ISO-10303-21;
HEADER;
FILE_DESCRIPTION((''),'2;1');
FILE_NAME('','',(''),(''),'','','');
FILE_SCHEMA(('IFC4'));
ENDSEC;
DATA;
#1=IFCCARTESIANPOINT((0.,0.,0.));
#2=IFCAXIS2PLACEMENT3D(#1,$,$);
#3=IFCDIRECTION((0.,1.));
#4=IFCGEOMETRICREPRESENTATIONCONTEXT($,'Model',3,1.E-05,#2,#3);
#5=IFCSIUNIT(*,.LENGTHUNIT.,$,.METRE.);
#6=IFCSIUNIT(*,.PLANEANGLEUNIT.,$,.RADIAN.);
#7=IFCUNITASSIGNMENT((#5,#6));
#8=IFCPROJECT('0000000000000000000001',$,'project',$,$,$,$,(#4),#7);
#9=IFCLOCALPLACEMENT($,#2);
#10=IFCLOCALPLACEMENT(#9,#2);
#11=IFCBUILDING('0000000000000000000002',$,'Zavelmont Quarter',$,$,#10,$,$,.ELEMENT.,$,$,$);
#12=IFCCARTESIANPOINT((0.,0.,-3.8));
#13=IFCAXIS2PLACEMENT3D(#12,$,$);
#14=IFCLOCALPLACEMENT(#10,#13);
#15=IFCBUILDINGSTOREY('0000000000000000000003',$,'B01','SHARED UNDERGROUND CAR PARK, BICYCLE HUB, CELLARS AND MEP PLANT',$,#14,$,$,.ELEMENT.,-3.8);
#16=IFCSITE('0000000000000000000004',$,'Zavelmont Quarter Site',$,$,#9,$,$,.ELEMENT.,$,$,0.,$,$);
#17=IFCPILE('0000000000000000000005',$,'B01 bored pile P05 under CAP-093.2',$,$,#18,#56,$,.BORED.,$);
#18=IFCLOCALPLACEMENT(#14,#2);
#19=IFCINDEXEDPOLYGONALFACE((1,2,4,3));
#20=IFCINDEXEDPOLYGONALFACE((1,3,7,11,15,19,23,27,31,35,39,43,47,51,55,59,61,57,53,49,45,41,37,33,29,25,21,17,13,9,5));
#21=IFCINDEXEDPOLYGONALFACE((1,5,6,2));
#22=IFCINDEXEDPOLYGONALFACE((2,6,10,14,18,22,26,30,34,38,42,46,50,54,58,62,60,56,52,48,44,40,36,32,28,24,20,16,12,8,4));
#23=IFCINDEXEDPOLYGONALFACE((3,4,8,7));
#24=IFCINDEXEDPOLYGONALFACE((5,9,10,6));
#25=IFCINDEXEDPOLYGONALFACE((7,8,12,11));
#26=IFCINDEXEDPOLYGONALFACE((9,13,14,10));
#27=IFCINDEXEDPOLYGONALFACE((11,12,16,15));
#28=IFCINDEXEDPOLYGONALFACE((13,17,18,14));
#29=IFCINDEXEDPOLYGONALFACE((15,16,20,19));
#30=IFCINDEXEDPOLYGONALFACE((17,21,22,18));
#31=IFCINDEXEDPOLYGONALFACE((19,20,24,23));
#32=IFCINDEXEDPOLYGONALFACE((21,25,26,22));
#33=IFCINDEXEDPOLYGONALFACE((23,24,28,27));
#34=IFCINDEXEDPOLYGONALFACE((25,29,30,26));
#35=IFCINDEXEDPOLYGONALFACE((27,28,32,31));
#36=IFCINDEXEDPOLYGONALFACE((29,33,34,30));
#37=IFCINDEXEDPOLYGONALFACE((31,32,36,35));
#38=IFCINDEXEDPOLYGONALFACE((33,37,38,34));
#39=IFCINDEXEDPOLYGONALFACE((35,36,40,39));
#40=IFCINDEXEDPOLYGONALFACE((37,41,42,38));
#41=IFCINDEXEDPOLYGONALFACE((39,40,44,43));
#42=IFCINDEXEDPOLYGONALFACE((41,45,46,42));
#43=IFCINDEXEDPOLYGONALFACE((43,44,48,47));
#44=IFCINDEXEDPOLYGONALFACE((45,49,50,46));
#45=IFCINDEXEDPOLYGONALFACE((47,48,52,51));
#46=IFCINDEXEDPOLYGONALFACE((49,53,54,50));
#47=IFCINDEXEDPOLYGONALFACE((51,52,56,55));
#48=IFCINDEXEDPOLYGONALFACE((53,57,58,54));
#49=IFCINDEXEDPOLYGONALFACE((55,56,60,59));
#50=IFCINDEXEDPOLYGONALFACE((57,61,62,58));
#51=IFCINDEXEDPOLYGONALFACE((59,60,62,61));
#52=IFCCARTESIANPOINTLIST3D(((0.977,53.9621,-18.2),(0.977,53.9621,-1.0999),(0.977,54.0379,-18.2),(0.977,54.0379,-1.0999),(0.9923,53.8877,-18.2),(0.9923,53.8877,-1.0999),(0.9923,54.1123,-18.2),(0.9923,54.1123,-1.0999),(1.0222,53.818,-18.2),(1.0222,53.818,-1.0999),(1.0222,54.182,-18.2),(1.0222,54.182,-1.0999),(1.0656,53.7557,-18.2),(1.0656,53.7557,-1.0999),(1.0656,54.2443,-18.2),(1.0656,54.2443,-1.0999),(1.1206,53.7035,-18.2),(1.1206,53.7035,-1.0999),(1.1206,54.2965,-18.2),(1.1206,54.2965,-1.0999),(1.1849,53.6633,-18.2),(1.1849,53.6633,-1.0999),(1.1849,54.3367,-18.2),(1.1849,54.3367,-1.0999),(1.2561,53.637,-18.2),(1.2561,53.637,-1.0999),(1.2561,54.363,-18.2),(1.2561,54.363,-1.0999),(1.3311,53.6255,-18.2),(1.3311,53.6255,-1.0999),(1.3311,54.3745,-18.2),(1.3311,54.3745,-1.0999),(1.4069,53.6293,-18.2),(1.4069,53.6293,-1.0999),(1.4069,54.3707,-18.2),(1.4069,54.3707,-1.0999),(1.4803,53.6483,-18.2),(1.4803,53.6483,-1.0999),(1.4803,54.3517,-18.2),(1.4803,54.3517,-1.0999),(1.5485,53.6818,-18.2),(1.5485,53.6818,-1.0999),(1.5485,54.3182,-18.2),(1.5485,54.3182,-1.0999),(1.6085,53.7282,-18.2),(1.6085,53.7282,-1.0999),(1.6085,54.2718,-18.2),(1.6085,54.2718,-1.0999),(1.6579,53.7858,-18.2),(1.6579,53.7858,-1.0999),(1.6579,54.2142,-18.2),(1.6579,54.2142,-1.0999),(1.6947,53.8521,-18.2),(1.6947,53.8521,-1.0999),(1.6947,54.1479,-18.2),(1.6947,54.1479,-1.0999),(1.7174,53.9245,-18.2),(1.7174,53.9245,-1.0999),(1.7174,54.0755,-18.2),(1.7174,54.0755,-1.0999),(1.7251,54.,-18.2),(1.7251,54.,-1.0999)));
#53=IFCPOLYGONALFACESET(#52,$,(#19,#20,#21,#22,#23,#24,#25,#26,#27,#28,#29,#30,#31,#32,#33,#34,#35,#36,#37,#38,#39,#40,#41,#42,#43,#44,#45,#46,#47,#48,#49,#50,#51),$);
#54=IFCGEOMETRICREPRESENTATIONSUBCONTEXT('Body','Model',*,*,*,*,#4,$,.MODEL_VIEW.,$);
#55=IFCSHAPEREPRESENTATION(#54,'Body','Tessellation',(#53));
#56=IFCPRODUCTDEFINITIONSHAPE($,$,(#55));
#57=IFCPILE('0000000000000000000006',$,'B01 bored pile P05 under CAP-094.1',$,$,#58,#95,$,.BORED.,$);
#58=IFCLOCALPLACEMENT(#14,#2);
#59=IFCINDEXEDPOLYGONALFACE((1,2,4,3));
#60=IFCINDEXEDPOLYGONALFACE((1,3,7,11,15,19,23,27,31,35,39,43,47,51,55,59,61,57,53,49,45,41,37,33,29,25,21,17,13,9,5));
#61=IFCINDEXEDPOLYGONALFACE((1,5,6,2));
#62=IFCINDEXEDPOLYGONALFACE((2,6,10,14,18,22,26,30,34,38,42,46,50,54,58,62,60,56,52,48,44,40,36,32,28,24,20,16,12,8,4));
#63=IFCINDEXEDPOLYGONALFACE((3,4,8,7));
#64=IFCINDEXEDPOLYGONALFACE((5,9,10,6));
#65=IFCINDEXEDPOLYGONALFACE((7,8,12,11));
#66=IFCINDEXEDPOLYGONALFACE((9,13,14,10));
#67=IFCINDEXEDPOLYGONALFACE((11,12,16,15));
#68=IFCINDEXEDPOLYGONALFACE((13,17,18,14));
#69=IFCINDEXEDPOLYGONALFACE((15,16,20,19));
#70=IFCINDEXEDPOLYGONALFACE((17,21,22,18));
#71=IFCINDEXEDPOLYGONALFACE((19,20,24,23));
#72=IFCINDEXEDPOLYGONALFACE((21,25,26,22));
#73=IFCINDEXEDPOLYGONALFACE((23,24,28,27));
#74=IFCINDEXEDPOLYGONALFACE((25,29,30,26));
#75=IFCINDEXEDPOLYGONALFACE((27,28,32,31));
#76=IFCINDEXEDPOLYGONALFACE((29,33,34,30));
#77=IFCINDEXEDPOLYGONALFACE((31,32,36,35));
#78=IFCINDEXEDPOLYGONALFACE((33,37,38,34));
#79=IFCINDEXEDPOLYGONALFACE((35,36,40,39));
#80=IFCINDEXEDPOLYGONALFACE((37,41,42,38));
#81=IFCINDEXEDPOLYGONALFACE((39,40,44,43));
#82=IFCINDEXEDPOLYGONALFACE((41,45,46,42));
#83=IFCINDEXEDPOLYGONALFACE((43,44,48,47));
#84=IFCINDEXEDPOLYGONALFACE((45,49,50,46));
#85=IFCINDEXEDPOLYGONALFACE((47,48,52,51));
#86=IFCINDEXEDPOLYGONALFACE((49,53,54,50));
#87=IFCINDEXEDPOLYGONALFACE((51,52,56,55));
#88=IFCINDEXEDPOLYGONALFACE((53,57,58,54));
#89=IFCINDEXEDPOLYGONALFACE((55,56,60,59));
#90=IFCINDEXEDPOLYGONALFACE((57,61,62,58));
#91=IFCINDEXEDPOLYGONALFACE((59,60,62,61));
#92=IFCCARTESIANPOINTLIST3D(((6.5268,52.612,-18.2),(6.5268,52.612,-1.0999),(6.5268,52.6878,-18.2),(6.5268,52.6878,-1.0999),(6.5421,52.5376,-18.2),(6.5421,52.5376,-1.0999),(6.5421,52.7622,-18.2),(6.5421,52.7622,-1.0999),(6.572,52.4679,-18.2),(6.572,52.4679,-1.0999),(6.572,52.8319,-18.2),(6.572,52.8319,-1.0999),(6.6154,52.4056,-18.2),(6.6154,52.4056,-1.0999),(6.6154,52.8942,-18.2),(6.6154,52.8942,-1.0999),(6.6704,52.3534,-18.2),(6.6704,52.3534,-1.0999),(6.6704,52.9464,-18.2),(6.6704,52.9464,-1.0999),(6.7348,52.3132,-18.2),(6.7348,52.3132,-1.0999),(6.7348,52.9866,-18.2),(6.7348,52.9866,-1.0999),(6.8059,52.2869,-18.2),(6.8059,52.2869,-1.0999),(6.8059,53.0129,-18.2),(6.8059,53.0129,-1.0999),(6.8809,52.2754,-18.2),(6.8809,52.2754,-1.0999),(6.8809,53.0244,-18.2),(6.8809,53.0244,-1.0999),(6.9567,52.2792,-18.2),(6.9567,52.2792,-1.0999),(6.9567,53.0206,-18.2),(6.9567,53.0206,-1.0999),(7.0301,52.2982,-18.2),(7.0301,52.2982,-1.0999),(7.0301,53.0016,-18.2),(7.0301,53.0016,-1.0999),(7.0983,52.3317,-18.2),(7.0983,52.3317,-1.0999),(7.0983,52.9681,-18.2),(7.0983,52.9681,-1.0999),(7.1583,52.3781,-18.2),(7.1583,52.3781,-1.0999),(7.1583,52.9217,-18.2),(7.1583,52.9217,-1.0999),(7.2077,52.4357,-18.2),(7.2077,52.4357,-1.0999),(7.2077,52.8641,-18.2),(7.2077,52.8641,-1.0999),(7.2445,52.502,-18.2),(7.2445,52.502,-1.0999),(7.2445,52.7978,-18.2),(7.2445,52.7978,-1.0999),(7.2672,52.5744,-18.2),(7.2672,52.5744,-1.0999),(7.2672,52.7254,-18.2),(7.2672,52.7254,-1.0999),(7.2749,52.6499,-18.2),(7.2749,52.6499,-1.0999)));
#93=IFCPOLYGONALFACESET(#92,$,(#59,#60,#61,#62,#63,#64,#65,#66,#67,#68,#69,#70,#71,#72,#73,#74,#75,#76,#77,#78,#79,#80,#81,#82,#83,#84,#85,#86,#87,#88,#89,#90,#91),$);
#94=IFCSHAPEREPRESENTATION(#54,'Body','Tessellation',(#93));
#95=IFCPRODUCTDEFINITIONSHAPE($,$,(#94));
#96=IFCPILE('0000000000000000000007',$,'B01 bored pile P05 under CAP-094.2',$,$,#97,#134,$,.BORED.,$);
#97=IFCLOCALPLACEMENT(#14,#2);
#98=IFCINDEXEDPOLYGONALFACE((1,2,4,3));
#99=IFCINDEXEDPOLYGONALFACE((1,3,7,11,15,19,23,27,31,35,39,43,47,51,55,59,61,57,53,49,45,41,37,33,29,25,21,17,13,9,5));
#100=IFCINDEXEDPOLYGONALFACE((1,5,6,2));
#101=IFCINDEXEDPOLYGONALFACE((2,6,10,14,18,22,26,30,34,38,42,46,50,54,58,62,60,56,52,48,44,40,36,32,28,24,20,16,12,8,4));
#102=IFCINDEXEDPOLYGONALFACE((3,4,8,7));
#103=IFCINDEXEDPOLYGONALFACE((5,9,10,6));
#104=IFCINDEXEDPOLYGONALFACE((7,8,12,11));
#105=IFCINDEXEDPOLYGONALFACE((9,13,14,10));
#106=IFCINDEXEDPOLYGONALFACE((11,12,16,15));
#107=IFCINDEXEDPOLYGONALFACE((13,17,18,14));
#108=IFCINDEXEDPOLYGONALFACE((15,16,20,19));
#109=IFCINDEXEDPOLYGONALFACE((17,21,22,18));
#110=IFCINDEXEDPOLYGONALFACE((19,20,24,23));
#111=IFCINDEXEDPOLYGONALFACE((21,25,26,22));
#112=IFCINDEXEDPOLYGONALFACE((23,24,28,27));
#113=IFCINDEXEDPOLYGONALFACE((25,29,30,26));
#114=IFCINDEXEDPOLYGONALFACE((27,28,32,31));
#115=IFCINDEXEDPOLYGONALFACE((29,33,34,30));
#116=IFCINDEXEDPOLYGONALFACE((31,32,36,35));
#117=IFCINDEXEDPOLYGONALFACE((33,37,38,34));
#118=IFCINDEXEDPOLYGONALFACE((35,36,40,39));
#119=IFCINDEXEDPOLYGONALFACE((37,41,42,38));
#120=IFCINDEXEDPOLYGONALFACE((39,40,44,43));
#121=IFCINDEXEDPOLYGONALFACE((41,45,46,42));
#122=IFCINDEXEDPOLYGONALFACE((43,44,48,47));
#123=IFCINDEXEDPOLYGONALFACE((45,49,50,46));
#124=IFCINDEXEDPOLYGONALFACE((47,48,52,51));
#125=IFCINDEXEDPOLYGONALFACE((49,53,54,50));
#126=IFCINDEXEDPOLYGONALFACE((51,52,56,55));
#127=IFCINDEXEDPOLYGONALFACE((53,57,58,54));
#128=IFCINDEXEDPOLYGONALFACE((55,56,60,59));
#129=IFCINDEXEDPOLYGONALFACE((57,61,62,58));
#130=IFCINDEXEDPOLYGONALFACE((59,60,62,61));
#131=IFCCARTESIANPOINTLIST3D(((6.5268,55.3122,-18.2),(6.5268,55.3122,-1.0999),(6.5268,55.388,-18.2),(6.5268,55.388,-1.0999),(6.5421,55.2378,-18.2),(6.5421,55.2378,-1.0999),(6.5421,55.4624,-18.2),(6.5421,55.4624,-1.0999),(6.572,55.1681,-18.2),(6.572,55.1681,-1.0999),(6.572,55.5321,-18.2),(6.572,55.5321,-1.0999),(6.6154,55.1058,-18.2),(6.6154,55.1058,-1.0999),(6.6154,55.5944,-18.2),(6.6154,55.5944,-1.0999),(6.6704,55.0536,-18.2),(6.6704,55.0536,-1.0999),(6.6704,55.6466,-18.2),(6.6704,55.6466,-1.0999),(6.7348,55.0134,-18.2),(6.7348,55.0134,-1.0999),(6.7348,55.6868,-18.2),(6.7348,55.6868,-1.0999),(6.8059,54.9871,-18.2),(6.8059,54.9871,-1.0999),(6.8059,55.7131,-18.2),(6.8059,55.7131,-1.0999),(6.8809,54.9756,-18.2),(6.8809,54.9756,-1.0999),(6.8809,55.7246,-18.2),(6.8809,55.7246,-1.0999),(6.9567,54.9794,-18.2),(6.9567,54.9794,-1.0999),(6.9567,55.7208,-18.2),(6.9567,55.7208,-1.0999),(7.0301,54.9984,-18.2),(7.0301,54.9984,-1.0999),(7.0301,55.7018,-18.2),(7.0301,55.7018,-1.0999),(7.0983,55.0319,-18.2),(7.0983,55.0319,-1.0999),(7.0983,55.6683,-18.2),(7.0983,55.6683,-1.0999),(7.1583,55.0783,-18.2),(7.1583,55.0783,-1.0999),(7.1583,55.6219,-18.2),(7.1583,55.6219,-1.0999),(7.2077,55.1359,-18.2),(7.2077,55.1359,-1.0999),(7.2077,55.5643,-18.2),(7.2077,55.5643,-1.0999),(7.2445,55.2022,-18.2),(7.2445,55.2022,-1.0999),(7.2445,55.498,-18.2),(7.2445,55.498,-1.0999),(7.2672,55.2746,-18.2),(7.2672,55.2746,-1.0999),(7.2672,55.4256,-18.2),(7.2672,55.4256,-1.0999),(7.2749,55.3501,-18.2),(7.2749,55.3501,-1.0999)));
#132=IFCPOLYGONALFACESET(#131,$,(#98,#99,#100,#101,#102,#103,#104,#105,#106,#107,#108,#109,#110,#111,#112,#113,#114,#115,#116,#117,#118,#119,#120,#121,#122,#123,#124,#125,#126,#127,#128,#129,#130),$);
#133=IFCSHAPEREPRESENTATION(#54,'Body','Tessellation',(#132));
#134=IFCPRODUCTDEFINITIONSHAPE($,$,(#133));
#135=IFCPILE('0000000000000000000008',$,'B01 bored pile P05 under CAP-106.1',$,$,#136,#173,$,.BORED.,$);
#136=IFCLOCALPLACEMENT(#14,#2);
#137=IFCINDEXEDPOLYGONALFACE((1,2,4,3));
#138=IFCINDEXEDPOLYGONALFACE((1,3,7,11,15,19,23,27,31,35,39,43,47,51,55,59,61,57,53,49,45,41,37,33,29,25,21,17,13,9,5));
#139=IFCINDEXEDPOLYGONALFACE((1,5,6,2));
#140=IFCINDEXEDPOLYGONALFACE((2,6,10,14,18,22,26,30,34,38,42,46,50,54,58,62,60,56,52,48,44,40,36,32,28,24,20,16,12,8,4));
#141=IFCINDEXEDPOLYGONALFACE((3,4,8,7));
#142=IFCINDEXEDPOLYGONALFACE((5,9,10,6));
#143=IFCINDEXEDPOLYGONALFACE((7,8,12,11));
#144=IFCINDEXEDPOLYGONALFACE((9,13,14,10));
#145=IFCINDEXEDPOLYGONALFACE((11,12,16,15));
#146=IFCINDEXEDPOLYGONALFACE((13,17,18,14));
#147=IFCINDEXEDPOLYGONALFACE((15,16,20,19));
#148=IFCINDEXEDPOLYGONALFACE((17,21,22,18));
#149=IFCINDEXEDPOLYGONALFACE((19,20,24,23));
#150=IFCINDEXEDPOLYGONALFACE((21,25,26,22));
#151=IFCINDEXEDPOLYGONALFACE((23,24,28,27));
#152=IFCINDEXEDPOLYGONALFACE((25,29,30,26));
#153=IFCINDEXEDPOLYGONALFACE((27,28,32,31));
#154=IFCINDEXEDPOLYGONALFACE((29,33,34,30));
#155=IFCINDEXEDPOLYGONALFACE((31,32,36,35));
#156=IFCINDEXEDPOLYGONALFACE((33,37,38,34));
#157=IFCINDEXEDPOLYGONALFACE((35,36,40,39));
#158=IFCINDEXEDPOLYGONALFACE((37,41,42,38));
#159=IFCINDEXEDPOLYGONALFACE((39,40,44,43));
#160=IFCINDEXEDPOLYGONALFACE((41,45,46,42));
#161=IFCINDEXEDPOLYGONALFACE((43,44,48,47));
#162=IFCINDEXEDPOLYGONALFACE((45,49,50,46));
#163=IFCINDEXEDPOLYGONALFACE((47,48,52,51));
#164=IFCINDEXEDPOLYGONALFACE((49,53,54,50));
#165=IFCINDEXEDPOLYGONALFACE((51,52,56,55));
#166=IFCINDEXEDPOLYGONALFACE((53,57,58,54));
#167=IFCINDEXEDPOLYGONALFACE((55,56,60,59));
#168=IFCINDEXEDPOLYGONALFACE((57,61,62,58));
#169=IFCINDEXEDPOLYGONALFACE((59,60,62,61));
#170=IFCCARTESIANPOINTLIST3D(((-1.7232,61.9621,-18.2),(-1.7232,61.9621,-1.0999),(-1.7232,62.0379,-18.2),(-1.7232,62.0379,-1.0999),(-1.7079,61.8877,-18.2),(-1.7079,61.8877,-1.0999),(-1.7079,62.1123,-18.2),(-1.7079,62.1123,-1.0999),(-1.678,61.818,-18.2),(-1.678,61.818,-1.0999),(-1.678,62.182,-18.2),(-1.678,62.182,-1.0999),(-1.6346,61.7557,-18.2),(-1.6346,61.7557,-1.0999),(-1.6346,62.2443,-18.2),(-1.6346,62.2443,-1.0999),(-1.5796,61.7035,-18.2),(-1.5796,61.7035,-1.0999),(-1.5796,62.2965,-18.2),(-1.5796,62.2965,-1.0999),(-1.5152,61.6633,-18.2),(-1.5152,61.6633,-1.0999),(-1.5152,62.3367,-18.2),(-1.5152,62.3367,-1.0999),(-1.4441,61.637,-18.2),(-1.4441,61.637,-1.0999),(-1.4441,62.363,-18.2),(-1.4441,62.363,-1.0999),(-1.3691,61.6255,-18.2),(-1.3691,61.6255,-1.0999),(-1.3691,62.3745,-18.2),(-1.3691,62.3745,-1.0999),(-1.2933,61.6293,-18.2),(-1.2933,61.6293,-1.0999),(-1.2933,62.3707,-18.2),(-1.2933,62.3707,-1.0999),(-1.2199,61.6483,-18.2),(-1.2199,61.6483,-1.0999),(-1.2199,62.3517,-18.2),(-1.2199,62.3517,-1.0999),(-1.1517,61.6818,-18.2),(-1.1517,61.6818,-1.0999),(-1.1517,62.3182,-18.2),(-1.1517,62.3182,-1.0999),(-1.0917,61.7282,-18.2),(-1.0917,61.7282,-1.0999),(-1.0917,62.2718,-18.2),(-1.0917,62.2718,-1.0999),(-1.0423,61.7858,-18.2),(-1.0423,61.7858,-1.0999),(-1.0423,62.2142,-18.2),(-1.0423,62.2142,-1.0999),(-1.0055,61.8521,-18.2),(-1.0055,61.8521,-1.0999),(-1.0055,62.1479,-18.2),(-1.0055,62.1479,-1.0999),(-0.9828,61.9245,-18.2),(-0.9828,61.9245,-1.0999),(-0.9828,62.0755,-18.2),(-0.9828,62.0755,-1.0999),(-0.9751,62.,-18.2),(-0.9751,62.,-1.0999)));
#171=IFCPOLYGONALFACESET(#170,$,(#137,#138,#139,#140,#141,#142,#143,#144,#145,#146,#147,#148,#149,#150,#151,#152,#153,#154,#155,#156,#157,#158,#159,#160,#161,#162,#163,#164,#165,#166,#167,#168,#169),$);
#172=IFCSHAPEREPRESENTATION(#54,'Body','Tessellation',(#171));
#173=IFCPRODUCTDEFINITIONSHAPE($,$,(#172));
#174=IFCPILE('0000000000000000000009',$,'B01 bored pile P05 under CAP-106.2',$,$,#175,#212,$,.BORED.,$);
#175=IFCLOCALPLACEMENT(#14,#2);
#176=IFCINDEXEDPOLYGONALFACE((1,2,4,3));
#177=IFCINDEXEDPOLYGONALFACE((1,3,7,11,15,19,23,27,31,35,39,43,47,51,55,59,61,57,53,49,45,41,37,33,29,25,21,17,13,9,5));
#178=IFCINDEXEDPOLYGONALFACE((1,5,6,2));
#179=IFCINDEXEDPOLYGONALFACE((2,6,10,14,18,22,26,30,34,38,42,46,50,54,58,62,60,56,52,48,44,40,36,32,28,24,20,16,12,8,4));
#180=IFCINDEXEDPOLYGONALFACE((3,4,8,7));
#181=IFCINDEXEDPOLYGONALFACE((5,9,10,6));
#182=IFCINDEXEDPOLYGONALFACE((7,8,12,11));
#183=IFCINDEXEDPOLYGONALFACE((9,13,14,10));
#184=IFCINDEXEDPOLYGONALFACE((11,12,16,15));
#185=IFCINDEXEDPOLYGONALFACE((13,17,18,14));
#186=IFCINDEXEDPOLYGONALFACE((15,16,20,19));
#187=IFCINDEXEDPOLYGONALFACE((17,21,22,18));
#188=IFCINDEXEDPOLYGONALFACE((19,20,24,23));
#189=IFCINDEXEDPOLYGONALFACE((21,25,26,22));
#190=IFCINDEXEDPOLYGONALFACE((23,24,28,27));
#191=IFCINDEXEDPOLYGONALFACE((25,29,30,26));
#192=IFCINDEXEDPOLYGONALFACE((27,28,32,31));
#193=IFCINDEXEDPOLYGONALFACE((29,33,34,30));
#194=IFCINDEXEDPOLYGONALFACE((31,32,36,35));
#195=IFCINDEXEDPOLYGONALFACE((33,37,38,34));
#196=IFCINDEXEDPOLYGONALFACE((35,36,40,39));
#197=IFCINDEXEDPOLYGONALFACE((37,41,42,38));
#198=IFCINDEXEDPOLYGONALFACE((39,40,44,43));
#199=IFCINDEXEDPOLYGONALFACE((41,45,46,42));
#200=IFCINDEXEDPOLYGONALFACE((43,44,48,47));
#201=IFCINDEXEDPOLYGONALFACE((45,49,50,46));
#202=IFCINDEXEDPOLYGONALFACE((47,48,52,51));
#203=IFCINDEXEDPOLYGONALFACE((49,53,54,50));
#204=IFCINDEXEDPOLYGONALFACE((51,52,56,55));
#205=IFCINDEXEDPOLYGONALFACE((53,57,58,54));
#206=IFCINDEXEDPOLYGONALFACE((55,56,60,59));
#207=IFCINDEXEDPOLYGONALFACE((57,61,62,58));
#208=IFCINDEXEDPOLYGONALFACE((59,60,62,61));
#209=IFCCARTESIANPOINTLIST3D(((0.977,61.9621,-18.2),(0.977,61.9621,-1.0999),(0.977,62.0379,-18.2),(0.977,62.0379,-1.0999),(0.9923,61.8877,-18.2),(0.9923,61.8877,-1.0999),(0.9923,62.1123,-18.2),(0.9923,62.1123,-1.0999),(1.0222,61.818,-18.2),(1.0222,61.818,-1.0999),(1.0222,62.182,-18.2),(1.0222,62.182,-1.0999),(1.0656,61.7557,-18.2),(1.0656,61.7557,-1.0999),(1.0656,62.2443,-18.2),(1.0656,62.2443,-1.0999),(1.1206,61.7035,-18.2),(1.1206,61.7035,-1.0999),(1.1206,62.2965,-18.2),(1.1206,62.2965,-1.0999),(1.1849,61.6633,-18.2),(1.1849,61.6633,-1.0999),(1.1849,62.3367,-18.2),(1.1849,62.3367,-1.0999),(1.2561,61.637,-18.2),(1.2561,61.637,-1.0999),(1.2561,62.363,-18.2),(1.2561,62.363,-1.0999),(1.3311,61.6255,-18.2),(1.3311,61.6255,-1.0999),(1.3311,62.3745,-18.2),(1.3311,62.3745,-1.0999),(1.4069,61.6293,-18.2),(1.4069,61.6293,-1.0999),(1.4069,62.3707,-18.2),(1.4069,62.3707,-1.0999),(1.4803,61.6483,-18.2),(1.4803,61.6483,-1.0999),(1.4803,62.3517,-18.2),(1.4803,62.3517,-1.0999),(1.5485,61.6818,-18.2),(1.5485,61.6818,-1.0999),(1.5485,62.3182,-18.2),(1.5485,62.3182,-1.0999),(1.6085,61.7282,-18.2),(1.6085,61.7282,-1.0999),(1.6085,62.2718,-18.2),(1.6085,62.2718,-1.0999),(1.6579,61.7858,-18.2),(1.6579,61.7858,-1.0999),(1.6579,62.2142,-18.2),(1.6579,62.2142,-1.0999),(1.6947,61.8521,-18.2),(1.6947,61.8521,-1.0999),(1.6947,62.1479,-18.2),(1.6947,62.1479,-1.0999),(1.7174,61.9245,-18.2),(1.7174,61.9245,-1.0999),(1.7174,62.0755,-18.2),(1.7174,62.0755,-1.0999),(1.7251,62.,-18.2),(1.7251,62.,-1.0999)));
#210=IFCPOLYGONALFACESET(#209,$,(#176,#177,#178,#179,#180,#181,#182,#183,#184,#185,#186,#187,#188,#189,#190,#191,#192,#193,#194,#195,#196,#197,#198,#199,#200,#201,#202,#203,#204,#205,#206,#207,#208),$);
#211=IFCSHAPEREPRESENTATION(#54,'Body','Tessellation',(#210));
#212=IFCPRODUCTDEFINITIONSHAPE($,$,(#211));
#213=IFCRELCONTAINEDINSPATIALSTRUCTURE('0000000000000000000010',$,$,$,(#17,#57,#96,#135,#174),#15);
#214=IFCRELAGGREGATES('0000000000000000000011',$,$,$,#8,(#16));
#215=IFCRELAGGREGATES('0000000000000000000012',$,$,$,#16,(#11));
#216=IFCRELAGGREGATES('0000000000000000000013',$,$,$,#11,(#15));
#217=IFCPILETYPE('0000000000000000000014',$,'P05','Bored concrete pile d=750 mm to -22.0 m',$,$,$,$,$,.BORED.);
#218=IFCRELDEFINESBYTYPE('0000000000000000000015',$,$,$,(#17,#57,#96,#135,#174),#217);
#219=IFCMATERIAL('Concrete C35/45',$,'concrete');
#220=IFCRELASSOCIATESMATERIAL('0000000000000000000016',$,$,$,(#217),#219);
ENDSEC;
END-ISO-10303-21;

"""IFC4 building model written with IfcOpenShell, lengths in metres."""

from ifc_helpers import new_model, si_unit, direction, frame, origin, origin_2d, place, context, subcontext, project, spatial, circle, extrude, material, material_profile, profile_set, type_object, element, save


model = new_model("IFC4")

# Units and contexts
model_context = context("Model", 3, precision=1e-05, world=origin(), true_north=direction((0.0, 1.0)))
body_context = subcontext(model_context, "Body", "Model", "MODEL_VIEW")
ifc_project = project(units=[si_unit("LENGTHUNIT", "METRE"), si_unit("PLANEANGLEUNIT", "RADIAN")], contexts=[model_context])

# Site, building, storey
site_placement = place(None, origin())
site = spatial("IfcSite", under=ifc_project, at=site_placement, Name="Zavelmont Quarter Site", CompositionType="ELEMENT", RefElevation=0.0)
building_placement = place(site_placement, origin())
building = spatial("IfcBuilding", under=site, at=building_placement, Name="Zavelmont Quarter", CompositionType="ELEMENT")
storey_placement = place(building_placement, frame((0.0, 0.0, -3.8)))
storey = spatial("IfcBuildingStorey", under=building, at=storey_placement, Name="B01", Description="SHARED UNDERGROUND CAR PARK, BICYCLE HUB, CELLARS AND MEP PLANT", CompositionType="ELEMENT", Elevation=-3.8)

# Shared definitions
ifc_material = material(Name="Concrete C35/45", Category="concrete")

# Piles
ifc_material_profile_1 = material_profile(ifc_material, circle(Radius=0.375, at=origin_2d()), Name="BP750")
ifc_profile_set_1 = profile_set([ifc_material_profile_1], Name="Concrete C35/45")
pile_type_1 = type_object("IfcPileType", Name="P05", Description="Bored concrete pile d=750 mm to -22.0 m", PredefinedType="BORED", material=ifc_profile_set_1)
for number, where, z_axis, x_axis, name in (
    (1, (1.3501, 54.0, -1.0999), (0.0, 0.0, -1.0), (1.0, 0.0, 0.0), "B01 bored pile P05 under CAP-093.2"),
    (2, (6.8999, 52.6499, -1.0999), (0.0, 0.0, -1.0), (1.0, 0.0, 0.0), "B01 bored pile P05 under CAP-094.1"),
    (3, (6.8999, 55.3501, -1.0999), (0.0, 0.0, -1.0), (1.0, 0.0, 0.0), "B01 bored pile P05 under CAP-094.2"),
    (4, (-1.3501, 62.0, -1.0999), (0.0, 0.0, -1.0), (1.0, 0.0, 0.0), "B01 bored pile P05 under CAP-106.1"),
    (5, (1.3501, 62.0, -1.0999), (0.0, 0.0, -1.0), (1.0, 0.0, 0.0), "B01 bored pile P05 under CAP-106.2"),
):
    element("IfcPile", number, at=place(storey_placement, frame(where, z_axis=z_axis, x_axis=x_axis)), inside=storey, type_object=pile_type_1, Name=name, PredefinedType="BORED", context=body_context, shape_type="SweptSolid", body=[
        extrude(circle(Radius=0.375, at=origin_2d()), origin(), (0.0, 0.0, 1.0), 17.1001),
    ])

save(model, "model.ifc")
